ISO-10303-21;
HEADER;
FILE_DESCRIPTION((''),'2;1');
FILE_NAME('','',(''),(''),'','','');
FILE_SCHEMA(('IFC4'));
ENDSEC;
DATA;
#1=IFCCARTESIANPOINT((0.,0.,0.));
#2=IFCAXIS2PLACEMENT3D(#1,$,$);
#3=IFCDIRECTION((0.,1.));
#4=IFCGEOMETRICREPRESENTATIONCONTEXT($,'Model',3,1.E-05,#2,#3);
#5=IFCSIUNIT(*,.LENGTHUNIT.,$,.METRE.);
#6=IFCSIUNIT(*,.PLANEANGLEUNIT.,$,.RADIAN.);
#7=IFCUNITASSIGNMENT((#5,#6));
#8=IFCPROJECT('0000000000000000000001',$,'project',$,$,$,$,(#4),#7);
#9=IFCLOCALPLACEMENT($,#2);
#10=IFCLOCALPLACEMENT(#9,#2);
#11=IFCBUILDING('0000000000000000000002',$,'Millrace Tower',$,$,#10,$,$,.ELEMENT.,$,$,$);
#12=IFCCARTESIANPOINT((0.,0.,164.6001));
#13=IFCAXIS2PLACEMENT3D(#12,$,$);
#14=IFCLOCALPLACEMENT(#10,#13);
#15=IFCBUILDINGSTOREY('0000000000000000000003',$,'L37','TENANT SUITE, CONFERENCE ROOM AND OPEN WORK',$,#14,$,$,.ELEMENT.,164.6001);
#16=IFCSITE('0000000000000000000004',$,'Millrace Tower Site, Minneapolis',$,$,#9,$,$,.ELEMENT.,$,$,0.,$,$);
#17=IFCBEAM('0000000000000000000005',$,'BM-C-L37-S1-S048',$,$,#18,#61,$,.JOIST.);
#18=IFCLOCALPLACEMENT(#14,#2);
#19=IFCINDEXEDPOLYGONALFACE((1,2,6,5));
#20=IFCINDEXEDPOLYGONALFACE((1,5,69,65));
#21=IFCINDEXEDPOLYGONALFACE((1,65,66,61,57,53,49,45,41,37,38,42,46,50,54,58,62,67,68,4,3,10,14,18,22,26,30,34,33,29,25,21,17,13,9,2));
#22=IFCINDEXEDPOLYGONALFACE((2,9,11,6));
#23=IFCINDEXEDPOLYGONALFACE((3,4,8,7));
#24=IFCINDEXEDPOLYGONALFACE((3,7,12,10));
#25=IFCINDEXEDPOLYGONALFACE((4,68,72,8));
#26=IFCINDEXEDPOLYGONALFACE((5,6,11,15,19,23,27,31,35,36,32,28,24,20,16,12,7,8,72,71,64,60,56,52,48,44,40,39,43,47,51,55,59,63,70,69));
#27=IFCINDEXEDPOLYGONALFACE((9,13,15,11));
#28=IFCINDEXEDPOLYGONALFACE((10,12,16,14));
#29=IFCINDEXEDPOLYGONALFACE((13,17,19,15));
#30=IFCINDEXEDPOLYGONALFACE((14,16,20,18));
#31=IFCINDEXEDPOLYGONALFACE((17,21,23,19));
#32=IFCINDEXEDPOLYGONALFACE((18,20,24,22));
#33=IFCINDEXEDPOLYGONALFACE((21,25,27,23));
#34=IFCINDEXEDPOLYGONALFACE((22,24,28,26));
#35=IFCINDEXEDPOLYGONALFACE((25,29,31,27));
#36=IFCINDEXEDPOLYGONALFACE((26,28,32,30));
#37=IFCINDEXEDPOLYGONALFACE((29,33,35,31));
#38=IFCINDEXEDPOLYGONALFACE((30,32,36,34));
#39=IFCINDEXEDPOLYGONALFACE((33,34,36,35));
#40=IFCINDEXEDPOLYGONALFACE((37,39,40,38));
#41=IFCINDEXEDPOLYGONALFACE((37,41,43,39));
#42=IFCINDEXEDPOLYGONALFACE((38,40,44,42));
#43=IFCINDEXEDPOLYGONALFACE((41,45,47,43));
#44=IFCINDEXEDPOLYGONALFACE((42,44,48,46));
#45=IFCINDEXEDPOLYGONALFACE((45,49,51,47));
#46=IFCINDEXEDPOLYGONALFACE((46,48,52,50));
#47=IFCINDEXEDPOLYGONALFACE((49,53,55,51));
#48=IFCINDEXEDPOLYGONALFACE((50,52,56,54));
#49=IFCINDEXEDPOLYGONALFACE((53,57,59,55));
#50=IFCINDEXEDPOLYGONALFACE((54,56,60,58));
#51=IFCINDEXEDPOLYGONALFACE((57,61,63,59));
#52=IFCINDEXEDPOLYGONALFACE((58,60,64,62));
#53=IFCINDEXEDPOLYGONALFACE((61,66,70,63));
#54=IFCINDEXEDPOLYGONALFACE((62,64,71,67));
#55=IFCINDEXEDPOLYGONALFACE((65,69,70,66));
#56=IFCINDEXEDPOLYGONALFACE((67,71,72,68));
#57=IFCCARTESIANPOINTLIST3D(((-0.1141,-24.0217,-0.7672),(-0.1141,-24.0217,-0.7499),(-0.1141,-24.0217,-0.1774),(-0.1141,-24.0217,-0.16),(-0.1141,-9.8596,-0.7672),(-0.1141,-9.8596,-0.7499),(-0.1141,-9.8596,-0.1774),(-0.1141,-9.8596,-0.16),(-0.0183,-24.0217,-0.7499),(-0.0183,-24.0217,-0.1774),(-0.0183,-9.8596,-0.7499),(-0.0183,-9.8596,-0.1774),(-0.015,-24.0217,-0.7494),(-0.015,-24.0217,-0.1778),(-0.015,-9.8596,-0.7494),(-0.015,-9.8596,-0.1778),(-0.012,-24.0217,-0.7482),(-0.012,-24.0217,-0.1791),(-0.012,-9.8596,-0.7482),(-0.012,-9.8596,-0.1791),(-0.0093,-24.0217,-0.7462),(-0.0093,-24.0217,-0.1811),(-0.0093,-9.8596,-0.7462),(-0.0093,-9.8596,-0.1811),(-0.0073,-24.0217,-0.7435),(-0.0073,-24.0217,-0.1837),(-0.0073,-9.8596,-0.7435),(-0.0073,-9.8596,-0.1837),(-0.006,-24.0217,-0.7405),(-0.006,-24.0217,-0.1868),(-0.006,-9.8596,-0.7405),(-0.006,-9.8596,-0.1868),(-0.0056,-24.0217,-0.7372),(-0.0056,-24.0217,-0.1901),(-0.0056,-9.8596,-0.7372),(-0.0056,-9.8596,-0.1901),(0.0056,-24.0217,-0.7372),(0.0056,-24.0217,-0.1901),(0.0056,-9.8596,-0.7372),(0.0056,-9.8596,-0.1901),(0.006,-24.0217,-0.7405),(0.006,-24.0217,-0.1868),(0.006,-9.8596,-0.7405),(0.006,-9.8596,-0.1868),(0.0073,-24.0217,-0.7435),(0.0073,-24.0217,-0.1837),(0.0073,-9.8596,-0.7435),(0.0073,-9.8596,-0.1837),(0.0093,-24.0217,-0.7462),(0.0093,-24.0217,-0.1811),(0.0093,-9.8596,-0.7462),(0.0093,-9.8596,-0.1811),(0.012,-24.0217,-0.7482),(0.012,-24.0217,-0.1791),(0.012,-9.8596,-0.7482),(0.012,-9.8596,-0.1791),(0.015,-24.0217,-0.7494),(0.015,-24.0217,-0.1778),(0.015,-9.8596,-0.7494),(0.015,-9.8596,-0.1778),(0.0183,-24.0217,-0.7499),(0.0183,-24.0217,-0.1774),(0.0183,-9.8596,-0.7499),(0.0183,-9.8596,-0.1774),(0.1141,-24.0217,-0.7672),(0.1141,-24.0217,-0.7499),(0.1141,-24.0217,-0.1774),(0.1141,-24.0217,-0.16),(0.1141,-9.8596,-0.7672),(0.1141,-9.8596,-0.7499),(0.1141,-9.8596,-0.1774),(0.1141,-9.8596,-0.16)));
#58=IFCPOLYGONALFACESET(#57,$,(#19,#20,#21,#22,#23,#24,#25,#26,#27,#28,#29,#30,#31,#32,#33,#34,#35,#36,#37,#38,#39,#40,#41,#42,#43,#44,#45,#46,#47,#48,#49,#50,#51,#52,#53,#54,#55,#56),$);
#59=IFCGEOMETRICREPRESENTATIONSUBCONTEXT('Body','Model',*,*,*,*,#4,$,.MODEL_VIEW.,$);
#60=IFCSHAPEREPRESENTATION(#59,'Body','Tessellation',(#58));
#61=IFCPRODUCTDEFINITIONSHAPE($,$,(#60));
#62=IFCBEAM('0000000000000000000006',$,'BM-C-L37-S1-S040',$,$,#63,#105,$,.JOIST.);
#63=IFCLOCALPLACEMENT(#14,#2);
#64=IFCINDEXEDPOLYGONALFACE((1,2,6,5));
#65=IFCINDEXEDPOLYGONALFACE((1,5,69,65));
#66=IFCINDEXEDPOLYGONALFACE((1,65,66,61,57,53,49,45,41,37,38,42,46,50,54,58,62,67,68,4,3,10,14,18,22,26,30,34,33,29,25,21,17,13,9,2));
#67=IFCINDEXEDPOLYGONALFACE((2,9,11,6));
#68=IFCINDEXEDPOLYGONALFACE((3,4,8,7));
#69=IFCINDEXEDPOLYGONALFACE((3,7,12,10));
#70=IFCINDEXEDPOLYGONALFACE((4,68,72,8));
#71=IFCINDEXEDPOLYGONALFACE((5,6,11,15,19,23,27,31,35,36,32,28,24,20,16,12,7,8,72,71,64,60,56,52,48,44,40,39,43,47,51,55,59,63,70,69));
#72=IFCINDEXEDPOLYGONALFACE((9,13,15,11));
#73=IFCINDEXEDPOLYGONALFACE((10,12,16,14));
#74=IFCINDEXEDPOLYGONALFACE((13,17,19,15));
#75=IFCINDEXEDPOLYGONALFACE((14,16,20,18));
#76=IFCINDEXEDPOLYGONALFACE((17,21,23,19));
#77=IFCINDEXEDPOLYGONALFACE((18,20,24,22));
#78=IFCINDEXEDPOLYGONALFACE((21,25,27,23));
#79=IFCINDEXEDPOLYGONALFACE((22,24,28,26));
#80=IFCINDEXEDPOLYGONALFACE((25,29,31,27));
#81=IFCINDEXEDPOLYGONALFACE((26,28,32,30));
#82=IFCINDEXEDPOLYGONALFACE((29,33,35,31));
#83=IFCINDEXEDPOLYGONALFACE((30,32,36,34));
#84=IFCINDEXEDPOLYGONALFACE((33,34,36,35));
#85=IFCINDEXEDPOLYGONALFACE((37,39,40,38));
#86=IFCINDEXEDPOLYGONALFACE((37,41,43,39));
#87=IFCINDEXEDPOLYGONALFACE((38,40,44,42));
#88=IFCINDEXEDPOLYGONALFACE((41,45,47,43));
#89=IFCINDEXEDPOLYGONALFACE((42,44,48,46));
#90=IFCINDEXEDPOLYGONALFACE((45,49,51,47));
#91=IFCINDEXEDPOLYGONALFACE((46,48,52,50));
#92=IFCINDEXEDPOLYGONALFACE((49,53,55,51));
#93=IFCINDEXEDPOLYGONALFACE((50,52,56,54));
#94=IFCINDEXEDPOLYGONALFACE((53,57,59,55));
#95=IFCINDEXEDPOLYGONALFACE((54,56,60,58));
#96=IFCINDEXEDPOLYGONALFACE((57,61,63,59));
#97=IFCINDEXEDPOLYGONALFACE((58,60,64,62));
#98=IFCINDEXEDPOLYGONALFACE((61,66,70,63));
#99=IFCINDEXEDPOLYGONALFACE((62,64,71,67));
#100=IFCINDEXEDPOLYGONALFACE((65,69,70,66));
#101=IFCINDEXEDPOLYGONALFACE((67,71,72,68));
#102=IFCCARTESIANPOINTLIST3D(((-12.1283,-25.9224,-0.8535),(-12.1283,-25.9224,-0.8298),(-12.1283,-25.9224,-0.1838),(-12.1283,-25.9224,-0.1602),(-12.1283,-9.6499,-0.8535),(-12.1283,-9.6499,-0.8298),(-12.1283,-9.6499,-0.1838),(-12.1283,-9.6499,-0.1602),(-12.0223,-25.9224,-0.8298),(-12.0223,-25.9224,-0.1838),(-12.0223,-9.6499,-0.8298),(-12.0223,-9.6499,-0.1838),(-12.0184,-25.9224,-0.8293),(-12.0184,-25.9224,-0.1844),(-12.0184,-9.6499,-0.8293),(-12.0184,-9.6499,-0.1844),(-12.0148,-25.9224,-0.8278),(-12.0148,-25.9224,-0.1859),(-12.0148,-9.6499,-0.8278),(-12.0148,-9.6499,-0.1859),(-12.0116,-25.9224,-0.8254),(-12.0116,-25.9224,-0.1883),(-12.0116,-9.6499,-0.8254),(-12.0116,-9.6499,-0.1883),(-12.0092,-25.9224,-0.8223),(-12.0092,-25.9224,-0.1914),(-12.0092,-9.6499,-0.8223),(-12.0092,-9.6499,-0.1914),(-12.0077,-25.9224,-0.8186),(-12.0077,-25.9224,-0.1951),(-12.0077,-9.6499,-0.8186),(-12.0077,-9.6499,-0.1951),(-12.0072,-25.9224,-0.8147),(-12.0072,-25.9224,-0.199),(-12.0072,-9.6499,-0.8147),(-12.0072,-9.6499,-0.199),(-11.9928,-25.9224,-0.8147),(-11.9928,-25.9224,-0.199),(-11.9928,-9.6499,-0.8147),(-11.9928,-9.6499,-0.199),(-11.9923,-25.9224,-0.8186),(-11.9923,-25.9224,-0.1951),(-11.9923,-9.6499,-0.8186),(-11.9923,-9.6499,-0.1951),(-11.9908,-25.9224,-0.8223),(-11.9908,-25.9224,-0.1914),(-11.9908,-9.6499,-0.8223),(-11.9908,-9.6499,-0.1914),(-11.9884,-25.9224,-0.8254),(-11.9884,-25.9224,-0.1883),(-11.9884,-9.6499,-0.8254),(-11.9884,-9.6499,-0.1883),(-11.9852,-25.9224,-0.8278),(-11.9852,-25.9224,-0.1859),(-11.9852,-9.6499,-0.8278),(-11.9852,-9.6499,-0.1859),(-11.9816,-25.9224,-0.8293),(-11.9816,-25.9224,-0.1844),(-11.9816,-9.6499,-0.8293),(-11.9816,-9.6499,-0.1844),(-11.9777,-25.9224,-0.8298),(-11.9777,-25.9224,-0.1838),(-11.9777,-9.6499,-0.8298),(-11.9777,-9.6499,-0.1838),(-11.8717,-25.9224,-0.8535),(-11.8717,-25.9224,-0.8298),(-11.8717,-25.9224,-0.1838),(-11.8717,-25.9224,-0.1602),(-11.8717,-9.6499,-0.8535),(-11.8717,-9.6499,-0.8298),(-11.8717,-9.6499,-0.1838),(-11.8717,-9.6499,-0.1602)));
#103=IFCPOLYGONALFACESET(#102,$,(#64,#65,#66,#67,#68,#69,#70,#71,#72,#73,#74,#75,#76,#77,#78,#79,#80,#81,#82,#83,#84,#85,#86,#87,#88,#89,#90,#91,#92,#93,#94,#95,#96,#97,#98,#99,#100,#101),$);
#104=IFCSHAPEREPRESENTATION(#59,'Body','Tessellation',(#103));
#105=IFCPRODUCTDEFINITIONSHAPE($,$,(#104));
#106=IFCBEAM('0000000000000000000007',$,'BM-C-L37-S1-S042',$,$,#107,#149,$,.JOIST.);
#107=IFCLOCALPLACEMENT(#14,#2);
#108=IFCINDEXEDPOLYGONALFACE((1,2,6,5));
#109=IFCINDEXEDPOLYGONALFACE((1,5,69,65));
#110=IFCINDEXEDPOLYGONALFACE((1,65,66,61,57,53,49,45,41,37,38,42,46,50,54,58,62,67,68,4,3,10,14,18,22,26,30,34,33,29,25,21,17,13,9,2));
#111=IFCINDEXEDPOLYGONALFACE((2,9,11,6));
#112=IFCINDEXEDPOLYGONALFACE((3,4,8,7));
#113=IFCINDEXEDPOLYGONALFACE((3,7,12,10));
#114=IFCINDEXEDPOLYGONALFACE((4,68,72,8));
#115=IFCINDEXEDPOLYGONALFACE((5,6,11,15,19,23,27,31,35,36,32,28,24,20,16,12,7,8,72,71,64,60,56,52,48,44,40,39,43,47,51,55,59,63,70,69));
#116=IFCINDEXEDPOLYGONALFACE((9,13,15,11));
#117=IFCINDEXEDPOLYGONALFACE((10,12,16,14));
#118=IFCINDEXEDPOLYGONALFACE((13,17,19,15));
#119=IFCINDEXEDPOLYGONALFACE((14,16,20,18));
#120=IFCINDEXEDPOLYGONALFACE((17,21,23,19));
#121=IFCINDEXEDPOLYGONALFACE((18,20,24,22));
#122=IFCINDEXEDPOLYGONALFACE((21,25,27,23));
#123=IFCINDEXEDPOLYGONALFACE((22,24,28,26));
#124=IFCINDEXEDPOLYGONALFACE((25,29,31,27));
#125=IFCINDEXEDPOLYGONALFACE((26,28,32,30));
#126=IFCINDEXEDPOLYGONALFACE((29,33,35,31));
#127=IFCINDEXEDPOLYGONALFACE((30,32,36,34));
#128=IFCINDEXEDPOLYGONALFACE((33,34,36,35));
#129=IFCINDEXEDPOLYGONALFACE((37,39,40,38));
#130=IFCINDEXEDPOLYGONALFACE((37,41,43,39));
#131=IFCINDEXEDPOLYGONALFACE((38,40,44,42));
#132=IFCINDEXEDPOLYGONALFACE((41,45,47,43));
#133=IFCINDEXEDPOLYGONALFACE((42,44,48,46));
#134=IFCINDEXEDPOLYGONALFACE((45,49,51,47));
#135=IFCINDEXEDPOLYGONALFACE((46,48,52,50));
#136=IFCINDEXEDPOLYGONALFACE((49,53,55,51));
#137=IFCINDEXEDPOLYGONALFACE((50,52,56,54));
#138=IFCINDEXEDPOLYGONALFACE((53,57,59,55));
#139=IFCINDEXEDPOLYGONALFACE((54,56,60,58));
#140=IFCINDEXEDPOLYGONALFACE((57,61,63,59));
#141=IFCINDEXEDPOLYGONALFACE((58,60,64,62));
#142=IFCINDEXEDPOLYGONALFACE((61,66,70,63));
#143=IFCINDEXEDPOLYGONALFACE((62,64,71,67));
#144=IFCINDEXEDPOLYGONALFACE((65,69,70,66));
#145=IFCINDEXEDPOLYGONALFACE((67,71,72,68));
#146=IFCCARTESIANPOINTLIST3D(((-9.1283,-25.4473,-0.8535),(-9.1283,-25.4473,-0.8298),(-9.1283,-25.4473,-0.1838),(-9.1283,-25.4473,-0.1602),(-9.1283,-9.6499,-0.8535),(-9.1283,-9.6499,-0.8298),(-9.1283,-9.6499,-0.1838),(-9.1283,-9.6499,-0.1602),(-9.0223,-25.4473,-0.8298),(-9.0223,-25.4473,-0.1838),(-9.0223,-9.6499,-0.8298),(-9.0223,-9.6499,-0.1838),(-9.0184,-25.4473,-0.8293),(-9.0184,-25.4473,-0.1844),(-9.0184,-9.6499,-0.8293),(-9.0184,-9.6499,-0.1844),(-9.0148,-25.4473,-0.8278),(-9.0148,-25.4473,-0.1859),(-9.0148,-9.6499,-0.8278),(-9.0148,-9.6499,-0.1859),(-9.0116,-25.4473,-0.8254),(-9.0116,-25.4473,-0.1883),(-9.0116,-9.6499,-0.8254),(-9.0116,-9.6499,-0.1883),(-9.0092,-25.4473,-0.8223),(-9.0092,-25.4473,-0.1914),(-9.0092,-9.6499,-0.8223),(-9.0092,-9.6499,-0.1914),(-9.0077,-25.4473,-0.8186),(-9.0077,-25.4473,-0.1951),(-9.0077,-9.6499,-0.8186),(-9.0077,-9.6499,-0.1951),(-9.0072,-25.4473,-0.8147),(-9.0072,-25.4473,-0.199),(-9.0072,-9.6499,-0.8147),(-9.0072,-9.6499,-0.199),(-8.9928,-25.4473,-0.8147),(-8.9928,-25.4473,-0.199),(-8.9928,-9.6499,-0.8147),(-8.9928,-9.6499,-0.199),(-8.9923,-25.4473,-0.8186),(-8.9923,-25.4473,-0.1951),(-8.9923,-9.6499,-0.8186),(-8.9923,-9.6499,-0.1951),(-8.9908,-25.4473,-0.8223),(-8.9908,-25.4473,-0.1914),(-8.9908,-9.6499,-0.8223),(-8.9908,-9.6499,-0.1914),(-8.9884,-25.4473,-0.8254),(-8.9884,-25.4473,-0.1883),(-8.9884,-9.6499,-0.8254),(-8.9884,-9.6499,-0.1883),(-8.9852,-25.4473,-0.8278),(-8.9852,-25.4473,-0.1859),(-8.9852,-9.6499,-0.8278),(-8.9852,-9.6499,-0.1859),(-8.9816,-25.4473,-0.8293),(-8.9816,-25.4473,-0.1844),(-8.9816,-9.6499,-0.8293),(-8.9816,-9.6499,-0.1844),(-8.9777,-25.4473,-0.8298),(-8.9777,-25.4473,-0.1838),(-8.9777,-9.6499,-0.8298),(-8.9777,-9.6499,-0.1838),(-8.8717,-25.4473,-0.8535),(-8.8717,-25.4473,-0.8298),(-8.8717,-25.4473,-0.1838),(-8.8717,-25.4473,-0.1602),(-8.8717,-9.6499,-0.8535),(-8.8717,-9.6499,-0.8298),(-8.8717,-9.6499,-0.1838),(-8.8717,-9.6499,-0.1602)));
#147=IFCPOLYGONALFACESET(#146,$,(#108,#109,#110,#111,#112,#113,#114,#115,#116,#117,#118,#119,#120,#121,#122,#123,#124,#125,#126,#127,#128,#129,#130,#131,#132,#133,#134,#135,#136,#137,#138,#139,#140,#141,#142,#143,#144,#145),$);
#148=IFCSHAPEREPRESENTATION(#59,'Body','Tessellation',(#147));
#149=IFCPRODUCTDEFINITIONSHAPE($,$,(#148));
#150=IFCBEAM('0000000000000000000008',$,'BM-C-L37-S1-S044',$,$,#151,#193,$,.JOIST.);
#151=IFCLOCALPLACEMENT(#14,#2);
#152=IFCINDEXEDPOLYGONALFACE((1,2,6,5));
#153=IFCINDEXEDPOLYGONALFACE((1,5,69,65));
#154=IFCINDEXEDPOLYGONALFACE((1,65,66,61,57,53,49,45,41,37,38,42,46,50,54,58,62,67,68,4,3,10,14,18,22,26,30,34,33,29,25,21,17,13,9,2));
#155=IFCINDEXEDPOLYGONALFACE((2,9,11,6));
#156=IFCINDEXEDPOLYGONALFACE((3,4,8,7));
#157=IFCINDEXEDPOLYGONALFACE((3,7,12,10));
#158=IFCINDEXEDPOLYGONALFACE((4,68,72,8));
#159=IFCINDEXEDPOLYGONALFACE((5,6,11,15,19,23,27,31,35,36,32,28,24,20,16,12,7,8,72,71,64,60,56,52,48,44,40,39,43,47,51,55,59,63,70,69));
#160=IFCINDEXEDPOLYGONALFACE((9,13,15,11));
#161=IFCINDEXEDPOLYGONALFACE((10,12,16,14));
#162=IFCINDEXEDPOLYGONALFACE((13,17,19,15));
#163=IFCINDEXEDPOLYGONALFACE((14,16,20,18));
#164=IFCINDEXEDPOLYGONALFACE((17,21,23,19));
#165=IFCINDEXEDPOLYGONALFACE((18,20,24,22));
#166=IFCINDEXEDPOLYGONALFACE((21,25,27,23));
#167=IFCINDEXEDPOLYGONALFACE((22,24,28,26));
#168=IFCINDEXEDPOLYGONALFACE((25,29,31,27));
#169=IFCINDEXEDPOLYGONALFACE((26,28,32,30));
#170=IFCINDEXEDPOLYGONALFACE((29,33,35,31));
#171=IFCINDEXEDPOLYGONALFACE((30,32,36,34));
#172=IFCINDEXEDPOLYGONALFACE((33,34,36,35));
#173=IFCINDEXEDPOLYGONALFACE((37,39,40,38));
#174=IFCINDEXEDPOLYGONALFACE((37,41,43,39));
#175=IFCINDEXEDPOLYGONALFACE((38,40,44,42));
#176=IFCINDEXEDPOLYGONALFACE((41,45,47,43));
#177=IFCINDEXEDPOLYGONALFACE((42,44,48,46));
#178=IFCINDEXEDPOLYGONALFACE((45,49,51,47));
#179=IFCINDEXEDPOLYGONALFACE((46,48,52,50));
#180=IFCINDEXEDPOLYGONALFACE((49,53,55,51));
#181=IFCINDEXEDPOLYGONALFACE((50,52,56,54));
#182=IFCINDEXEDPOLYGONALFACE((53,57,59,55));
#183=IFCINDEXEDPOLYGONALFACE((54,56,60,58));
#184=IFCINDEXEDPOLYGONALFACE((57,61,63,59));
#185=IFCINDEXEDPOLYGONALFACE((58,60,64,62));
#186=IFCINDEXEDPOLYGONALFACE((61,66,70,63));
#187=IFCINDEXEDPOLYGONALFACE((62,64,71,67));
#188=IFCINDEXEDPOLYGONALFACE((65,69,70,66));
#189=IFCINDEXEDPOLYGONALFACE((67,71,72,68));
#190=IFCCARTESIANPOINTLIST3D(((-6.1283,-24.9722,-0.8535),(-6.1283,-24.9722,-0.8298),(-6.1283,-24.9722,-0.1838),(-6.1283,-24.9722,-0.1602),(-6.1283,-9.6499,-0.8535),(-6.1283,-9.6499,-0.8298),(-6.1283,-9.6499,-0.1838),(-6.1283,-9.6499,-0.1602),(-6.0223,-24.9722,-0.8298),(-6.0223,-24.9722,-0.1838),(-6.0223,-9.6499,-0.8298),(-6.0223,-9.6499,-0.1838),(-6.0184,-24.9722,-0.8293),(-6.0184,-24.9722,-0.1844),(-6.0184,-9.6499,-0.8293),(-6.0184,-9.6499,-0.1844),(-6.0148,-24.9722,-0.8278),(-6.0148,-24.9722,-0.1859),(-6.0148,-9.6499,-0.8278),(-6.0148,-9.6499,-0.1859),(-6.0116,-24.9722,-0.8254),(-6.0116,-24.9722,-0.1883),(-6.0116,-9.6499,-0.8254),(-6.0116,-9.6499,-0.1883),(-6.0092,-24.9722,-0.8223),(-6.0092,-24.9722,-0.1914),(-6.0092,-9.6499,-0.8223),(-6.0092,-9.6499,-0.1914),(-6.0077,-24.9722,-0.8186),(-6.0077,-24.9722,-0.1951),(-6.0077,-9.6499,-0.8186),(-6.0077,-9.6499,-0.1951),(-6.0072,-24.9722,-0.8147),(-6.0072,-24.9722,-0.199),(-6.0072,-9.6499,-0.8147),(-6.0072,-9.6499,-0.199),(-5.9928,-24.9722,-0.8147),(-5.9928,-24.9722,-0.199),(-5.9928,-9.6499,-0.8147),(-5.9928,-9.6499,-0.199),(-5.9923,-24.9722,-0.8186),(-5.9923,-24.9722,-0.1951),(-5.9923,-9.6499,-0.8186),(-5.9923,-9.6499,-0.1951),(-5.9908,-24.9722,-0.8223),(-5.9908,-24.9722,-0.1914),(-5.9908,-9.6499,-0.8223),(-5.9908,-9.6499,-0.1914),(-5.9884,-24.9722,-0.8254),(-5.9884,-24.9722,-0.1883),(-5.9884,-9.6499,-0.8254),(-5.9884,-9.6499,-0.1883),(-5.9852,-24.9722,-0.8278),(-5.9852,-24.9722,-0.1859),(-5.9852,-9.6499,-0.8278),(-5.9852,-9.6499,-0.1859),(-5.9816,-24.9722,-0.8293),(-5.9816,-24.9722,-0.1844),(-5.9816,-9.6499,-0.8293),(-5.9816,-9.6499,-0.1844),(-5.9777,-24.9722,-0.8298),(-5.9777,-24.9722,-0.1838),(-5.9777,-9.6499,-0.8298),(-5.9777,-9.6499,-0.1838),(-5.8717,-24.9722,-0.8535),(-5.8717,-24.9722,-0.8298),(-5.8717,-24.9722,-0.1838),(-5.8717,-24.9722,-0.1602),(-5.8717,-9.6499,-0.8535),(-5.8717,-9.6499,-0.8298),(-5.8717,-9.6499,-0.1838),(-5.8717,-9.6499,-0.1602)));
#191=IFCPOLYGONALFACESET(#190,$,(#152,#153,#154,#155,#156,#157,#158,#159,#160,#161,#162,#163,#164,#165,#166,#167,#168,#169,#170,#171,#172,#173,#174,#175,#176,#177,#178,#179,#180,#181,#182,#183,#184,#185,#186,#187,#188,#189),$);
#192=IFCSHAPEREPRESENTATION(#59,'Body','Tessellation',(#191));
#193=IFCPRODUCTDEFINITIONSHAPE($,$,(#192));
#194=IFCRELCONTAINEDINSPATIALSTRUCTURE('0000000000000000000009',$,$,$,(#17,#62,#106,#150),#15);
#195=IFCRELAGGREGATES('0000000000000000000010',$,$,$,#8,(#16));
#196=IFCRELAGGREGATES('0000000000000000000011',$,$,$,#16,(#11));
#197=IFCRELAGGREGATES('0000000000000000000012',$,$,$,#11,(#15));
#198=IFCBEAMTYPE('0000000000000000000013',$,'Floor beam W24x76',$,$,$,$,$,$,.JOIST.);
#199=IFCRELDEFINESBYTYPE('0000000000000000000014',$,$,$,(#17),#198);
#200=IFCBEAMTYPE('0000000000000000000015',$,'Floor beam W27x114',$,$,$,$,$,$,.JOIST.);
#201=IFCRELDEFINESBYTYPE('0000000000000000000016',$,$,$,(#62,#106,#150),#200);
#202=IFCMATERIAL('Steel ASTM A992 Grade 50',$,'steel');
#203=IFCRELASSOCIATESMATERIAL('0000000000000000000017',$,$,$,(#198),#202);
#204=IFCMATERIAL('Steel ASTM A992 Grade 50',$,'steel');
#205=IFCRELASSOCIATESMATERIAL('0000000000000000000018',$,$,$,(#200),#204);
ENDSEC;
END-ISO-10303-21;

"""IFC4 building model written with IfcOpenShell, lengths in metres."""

from ifc_helpers import new_model, si_unit, direction, frame, origin, origin_2d, place, context, subcontext, project, spatial, i_section, extrude, material, material_profile, profile_set, type_object, element, save


model = new_model("IFC4")

# Units and contexts
model_context = context("Model", 3, precision=1e-05, world=origin(), true_north=direction((0.0, 1.0)))
body_context = subcontext(model_context, "Body", "Model", "MODEL_VIEW")
ifc_project = project(units=[si_unit("LENGTHUNIT", "METRE"), si_unit("PLANEANGLEUNIT", "RADIAN")], contexts=[model_context])

# Site, building, storey
site_placement = place(None, origin())
site = spatial("IfcSite", under=ifc_project, at=site_placement, Name="Millrace Tower Site, Minneapolis", CompositionType="ELEMENT", RefElevation=0.0)
building_placement = place(site_placement, origin())
building = spatial("IfcBuilding", under=site, at=building_placement, Name="Millrace Tower", CompositionType="ELEMENT")
storey_placement = place(building_placement, frame((0.0, 0.0, 164.6001)))
storey = spatial("IfcBuildingStorey", under=building, at=storey_placement, Name="L37", Description="TENANT SUITE, CONFERENCE ROOM AND OPEN WORK", CompositionType="ELEMENT", Elevation=164.6001)

# Beams
ifc_material_1 = material(Name="Steel ASTM A992 Grade 50", Category="steel")
ifc_material_profile_1 = material_profile(ifc_material_1, i_section(OverallWidth=0.2283, OverallDepth=0.6072, WebThickness=0.0112, FlangeThickness=0.0173, FilletRadius=0.0127, at=origin_2d()))
ifc_profile_set_1 = profile_set([ifc_material_profile_1], Name="Steel ASTM A992 Grade 50")
beam_type_1 = type_object("IfcBeamType", Name="Floor beam W24x76", PredefinedType="JOIST", material=ifc_profile_set_1)
beam_1_placement = place(storey_placement, frame((0.0, -24.0217, -0.4636), z_axis=(0.0, 1.0, 0.0), x_axis=(-1.0, 0.0, 0.0)))
element("IfcBeam", 1, at=beam_1_placement, inside=storey, type_object=beam_type_1, Name="BM-C-L37-S1-S048", PredefinedType="JOIST", context=body_context, shape_type="SweptSolid", body=[
    extrude(i_section(OverallWidth=0.2283, OverallDepth=0.6072, WebThickness=0.0112, FlangeThickness=0.0173, FilletRadius=0.0127, at=origin_2d()), origin(), (0.0, 0.0, 1.0), 14.1621),
])
ifc_material_2 = material(Name="Steel ASTM A992 Grade 50", Category="steel")
ifc_material_profile_2 = material_profile(ifc_material_2, i_section(OverallWidth=0.2566, OverallDepth=0.6934, WebThickness=0.0144, FlangeThickness=0.0237, FilletRadius=0.0151, at=origin_2d()))
ifc_profile_set_2 = profile_set([ifc_material_profile_2], Name="Steel ASTM A992 Grade 50")
beam_type_2 = type_object("IfcBeamType", Name="Floor beam W27x114", PredefinedType="JOIST", material=ifc_profile_set_2)
beam_2_placement = place(storey_placement, frame((-12.0, -25.9224, -0.5068), z_axis=(0.0, 1.0, 0.0), x_axis=(-1.0, 0.0, 0.0)))
element("IfcBeam", 2, at=beam_2_placement, inside=storey, type_object=beam_type_2, Name="BM-C-L37-S1-S040", PredefinedType="JOIST", context=body_context, shape_type="SweptSolid", body=[
    extrude(i_section(OverallWidth=0.2566, OverallDepth=0.6934, WebThickness=0.0144, FlangeThickness=0.0237, FilletRadius=0.0151, at=origin_2d()), origin(), (0.0, 0.0, 1.0), 16.2725),
])
beam_3_placement = place(storey_placement, frame((-9.0, -25.4473, -0.5068), z_axis=(0.0, 1.0, 0.0), x_axis=(-1.0, 0.0, 0.0)))
element("IfcBeam", 3, at=beam_3_placement, inside=storey, type_object=beam_type_2, Name="BM-C-L37-S1-S042", PredefinedType="JOIST", context=body_context, shape_type="SweptSolid", body=[
    extrude(i_section(OverallWidth=0.2566, OverallDepth=0.6934, WebThickness=0.0144, FlangeThickness=0.0237, FilletRadius=0.0151, at=origin_2d()), origin(), (0.0, 0.0, 1.0), 15.7974),
])
beam_4_placement = place(storey_placement, frame((-6.0, -24.9722, -0.5068), z_axis=(0.0, 1.0, 0.0), x_axis=(-1.0, 0.0, 0.0)))
element("IfcBeam", 4, at=beam_4_placement, inside=storey, type_object=beam_type_2, Name="BM-C-L37-S1-S044", PredefinedType="JOIST", context=body_context, shape_type="SweptSolid", body=[
    extrude(i_section(OverallWidth=0.2566, OverallDepth=0.6934, WebThickness=0.0144, FlangeThickness=0.0237, FilletRadius=0.0151, at=origin_2d()), origin(), (0.0, 0.0, 1.0), 15.3223),
])

save(model, "model.ifc")
